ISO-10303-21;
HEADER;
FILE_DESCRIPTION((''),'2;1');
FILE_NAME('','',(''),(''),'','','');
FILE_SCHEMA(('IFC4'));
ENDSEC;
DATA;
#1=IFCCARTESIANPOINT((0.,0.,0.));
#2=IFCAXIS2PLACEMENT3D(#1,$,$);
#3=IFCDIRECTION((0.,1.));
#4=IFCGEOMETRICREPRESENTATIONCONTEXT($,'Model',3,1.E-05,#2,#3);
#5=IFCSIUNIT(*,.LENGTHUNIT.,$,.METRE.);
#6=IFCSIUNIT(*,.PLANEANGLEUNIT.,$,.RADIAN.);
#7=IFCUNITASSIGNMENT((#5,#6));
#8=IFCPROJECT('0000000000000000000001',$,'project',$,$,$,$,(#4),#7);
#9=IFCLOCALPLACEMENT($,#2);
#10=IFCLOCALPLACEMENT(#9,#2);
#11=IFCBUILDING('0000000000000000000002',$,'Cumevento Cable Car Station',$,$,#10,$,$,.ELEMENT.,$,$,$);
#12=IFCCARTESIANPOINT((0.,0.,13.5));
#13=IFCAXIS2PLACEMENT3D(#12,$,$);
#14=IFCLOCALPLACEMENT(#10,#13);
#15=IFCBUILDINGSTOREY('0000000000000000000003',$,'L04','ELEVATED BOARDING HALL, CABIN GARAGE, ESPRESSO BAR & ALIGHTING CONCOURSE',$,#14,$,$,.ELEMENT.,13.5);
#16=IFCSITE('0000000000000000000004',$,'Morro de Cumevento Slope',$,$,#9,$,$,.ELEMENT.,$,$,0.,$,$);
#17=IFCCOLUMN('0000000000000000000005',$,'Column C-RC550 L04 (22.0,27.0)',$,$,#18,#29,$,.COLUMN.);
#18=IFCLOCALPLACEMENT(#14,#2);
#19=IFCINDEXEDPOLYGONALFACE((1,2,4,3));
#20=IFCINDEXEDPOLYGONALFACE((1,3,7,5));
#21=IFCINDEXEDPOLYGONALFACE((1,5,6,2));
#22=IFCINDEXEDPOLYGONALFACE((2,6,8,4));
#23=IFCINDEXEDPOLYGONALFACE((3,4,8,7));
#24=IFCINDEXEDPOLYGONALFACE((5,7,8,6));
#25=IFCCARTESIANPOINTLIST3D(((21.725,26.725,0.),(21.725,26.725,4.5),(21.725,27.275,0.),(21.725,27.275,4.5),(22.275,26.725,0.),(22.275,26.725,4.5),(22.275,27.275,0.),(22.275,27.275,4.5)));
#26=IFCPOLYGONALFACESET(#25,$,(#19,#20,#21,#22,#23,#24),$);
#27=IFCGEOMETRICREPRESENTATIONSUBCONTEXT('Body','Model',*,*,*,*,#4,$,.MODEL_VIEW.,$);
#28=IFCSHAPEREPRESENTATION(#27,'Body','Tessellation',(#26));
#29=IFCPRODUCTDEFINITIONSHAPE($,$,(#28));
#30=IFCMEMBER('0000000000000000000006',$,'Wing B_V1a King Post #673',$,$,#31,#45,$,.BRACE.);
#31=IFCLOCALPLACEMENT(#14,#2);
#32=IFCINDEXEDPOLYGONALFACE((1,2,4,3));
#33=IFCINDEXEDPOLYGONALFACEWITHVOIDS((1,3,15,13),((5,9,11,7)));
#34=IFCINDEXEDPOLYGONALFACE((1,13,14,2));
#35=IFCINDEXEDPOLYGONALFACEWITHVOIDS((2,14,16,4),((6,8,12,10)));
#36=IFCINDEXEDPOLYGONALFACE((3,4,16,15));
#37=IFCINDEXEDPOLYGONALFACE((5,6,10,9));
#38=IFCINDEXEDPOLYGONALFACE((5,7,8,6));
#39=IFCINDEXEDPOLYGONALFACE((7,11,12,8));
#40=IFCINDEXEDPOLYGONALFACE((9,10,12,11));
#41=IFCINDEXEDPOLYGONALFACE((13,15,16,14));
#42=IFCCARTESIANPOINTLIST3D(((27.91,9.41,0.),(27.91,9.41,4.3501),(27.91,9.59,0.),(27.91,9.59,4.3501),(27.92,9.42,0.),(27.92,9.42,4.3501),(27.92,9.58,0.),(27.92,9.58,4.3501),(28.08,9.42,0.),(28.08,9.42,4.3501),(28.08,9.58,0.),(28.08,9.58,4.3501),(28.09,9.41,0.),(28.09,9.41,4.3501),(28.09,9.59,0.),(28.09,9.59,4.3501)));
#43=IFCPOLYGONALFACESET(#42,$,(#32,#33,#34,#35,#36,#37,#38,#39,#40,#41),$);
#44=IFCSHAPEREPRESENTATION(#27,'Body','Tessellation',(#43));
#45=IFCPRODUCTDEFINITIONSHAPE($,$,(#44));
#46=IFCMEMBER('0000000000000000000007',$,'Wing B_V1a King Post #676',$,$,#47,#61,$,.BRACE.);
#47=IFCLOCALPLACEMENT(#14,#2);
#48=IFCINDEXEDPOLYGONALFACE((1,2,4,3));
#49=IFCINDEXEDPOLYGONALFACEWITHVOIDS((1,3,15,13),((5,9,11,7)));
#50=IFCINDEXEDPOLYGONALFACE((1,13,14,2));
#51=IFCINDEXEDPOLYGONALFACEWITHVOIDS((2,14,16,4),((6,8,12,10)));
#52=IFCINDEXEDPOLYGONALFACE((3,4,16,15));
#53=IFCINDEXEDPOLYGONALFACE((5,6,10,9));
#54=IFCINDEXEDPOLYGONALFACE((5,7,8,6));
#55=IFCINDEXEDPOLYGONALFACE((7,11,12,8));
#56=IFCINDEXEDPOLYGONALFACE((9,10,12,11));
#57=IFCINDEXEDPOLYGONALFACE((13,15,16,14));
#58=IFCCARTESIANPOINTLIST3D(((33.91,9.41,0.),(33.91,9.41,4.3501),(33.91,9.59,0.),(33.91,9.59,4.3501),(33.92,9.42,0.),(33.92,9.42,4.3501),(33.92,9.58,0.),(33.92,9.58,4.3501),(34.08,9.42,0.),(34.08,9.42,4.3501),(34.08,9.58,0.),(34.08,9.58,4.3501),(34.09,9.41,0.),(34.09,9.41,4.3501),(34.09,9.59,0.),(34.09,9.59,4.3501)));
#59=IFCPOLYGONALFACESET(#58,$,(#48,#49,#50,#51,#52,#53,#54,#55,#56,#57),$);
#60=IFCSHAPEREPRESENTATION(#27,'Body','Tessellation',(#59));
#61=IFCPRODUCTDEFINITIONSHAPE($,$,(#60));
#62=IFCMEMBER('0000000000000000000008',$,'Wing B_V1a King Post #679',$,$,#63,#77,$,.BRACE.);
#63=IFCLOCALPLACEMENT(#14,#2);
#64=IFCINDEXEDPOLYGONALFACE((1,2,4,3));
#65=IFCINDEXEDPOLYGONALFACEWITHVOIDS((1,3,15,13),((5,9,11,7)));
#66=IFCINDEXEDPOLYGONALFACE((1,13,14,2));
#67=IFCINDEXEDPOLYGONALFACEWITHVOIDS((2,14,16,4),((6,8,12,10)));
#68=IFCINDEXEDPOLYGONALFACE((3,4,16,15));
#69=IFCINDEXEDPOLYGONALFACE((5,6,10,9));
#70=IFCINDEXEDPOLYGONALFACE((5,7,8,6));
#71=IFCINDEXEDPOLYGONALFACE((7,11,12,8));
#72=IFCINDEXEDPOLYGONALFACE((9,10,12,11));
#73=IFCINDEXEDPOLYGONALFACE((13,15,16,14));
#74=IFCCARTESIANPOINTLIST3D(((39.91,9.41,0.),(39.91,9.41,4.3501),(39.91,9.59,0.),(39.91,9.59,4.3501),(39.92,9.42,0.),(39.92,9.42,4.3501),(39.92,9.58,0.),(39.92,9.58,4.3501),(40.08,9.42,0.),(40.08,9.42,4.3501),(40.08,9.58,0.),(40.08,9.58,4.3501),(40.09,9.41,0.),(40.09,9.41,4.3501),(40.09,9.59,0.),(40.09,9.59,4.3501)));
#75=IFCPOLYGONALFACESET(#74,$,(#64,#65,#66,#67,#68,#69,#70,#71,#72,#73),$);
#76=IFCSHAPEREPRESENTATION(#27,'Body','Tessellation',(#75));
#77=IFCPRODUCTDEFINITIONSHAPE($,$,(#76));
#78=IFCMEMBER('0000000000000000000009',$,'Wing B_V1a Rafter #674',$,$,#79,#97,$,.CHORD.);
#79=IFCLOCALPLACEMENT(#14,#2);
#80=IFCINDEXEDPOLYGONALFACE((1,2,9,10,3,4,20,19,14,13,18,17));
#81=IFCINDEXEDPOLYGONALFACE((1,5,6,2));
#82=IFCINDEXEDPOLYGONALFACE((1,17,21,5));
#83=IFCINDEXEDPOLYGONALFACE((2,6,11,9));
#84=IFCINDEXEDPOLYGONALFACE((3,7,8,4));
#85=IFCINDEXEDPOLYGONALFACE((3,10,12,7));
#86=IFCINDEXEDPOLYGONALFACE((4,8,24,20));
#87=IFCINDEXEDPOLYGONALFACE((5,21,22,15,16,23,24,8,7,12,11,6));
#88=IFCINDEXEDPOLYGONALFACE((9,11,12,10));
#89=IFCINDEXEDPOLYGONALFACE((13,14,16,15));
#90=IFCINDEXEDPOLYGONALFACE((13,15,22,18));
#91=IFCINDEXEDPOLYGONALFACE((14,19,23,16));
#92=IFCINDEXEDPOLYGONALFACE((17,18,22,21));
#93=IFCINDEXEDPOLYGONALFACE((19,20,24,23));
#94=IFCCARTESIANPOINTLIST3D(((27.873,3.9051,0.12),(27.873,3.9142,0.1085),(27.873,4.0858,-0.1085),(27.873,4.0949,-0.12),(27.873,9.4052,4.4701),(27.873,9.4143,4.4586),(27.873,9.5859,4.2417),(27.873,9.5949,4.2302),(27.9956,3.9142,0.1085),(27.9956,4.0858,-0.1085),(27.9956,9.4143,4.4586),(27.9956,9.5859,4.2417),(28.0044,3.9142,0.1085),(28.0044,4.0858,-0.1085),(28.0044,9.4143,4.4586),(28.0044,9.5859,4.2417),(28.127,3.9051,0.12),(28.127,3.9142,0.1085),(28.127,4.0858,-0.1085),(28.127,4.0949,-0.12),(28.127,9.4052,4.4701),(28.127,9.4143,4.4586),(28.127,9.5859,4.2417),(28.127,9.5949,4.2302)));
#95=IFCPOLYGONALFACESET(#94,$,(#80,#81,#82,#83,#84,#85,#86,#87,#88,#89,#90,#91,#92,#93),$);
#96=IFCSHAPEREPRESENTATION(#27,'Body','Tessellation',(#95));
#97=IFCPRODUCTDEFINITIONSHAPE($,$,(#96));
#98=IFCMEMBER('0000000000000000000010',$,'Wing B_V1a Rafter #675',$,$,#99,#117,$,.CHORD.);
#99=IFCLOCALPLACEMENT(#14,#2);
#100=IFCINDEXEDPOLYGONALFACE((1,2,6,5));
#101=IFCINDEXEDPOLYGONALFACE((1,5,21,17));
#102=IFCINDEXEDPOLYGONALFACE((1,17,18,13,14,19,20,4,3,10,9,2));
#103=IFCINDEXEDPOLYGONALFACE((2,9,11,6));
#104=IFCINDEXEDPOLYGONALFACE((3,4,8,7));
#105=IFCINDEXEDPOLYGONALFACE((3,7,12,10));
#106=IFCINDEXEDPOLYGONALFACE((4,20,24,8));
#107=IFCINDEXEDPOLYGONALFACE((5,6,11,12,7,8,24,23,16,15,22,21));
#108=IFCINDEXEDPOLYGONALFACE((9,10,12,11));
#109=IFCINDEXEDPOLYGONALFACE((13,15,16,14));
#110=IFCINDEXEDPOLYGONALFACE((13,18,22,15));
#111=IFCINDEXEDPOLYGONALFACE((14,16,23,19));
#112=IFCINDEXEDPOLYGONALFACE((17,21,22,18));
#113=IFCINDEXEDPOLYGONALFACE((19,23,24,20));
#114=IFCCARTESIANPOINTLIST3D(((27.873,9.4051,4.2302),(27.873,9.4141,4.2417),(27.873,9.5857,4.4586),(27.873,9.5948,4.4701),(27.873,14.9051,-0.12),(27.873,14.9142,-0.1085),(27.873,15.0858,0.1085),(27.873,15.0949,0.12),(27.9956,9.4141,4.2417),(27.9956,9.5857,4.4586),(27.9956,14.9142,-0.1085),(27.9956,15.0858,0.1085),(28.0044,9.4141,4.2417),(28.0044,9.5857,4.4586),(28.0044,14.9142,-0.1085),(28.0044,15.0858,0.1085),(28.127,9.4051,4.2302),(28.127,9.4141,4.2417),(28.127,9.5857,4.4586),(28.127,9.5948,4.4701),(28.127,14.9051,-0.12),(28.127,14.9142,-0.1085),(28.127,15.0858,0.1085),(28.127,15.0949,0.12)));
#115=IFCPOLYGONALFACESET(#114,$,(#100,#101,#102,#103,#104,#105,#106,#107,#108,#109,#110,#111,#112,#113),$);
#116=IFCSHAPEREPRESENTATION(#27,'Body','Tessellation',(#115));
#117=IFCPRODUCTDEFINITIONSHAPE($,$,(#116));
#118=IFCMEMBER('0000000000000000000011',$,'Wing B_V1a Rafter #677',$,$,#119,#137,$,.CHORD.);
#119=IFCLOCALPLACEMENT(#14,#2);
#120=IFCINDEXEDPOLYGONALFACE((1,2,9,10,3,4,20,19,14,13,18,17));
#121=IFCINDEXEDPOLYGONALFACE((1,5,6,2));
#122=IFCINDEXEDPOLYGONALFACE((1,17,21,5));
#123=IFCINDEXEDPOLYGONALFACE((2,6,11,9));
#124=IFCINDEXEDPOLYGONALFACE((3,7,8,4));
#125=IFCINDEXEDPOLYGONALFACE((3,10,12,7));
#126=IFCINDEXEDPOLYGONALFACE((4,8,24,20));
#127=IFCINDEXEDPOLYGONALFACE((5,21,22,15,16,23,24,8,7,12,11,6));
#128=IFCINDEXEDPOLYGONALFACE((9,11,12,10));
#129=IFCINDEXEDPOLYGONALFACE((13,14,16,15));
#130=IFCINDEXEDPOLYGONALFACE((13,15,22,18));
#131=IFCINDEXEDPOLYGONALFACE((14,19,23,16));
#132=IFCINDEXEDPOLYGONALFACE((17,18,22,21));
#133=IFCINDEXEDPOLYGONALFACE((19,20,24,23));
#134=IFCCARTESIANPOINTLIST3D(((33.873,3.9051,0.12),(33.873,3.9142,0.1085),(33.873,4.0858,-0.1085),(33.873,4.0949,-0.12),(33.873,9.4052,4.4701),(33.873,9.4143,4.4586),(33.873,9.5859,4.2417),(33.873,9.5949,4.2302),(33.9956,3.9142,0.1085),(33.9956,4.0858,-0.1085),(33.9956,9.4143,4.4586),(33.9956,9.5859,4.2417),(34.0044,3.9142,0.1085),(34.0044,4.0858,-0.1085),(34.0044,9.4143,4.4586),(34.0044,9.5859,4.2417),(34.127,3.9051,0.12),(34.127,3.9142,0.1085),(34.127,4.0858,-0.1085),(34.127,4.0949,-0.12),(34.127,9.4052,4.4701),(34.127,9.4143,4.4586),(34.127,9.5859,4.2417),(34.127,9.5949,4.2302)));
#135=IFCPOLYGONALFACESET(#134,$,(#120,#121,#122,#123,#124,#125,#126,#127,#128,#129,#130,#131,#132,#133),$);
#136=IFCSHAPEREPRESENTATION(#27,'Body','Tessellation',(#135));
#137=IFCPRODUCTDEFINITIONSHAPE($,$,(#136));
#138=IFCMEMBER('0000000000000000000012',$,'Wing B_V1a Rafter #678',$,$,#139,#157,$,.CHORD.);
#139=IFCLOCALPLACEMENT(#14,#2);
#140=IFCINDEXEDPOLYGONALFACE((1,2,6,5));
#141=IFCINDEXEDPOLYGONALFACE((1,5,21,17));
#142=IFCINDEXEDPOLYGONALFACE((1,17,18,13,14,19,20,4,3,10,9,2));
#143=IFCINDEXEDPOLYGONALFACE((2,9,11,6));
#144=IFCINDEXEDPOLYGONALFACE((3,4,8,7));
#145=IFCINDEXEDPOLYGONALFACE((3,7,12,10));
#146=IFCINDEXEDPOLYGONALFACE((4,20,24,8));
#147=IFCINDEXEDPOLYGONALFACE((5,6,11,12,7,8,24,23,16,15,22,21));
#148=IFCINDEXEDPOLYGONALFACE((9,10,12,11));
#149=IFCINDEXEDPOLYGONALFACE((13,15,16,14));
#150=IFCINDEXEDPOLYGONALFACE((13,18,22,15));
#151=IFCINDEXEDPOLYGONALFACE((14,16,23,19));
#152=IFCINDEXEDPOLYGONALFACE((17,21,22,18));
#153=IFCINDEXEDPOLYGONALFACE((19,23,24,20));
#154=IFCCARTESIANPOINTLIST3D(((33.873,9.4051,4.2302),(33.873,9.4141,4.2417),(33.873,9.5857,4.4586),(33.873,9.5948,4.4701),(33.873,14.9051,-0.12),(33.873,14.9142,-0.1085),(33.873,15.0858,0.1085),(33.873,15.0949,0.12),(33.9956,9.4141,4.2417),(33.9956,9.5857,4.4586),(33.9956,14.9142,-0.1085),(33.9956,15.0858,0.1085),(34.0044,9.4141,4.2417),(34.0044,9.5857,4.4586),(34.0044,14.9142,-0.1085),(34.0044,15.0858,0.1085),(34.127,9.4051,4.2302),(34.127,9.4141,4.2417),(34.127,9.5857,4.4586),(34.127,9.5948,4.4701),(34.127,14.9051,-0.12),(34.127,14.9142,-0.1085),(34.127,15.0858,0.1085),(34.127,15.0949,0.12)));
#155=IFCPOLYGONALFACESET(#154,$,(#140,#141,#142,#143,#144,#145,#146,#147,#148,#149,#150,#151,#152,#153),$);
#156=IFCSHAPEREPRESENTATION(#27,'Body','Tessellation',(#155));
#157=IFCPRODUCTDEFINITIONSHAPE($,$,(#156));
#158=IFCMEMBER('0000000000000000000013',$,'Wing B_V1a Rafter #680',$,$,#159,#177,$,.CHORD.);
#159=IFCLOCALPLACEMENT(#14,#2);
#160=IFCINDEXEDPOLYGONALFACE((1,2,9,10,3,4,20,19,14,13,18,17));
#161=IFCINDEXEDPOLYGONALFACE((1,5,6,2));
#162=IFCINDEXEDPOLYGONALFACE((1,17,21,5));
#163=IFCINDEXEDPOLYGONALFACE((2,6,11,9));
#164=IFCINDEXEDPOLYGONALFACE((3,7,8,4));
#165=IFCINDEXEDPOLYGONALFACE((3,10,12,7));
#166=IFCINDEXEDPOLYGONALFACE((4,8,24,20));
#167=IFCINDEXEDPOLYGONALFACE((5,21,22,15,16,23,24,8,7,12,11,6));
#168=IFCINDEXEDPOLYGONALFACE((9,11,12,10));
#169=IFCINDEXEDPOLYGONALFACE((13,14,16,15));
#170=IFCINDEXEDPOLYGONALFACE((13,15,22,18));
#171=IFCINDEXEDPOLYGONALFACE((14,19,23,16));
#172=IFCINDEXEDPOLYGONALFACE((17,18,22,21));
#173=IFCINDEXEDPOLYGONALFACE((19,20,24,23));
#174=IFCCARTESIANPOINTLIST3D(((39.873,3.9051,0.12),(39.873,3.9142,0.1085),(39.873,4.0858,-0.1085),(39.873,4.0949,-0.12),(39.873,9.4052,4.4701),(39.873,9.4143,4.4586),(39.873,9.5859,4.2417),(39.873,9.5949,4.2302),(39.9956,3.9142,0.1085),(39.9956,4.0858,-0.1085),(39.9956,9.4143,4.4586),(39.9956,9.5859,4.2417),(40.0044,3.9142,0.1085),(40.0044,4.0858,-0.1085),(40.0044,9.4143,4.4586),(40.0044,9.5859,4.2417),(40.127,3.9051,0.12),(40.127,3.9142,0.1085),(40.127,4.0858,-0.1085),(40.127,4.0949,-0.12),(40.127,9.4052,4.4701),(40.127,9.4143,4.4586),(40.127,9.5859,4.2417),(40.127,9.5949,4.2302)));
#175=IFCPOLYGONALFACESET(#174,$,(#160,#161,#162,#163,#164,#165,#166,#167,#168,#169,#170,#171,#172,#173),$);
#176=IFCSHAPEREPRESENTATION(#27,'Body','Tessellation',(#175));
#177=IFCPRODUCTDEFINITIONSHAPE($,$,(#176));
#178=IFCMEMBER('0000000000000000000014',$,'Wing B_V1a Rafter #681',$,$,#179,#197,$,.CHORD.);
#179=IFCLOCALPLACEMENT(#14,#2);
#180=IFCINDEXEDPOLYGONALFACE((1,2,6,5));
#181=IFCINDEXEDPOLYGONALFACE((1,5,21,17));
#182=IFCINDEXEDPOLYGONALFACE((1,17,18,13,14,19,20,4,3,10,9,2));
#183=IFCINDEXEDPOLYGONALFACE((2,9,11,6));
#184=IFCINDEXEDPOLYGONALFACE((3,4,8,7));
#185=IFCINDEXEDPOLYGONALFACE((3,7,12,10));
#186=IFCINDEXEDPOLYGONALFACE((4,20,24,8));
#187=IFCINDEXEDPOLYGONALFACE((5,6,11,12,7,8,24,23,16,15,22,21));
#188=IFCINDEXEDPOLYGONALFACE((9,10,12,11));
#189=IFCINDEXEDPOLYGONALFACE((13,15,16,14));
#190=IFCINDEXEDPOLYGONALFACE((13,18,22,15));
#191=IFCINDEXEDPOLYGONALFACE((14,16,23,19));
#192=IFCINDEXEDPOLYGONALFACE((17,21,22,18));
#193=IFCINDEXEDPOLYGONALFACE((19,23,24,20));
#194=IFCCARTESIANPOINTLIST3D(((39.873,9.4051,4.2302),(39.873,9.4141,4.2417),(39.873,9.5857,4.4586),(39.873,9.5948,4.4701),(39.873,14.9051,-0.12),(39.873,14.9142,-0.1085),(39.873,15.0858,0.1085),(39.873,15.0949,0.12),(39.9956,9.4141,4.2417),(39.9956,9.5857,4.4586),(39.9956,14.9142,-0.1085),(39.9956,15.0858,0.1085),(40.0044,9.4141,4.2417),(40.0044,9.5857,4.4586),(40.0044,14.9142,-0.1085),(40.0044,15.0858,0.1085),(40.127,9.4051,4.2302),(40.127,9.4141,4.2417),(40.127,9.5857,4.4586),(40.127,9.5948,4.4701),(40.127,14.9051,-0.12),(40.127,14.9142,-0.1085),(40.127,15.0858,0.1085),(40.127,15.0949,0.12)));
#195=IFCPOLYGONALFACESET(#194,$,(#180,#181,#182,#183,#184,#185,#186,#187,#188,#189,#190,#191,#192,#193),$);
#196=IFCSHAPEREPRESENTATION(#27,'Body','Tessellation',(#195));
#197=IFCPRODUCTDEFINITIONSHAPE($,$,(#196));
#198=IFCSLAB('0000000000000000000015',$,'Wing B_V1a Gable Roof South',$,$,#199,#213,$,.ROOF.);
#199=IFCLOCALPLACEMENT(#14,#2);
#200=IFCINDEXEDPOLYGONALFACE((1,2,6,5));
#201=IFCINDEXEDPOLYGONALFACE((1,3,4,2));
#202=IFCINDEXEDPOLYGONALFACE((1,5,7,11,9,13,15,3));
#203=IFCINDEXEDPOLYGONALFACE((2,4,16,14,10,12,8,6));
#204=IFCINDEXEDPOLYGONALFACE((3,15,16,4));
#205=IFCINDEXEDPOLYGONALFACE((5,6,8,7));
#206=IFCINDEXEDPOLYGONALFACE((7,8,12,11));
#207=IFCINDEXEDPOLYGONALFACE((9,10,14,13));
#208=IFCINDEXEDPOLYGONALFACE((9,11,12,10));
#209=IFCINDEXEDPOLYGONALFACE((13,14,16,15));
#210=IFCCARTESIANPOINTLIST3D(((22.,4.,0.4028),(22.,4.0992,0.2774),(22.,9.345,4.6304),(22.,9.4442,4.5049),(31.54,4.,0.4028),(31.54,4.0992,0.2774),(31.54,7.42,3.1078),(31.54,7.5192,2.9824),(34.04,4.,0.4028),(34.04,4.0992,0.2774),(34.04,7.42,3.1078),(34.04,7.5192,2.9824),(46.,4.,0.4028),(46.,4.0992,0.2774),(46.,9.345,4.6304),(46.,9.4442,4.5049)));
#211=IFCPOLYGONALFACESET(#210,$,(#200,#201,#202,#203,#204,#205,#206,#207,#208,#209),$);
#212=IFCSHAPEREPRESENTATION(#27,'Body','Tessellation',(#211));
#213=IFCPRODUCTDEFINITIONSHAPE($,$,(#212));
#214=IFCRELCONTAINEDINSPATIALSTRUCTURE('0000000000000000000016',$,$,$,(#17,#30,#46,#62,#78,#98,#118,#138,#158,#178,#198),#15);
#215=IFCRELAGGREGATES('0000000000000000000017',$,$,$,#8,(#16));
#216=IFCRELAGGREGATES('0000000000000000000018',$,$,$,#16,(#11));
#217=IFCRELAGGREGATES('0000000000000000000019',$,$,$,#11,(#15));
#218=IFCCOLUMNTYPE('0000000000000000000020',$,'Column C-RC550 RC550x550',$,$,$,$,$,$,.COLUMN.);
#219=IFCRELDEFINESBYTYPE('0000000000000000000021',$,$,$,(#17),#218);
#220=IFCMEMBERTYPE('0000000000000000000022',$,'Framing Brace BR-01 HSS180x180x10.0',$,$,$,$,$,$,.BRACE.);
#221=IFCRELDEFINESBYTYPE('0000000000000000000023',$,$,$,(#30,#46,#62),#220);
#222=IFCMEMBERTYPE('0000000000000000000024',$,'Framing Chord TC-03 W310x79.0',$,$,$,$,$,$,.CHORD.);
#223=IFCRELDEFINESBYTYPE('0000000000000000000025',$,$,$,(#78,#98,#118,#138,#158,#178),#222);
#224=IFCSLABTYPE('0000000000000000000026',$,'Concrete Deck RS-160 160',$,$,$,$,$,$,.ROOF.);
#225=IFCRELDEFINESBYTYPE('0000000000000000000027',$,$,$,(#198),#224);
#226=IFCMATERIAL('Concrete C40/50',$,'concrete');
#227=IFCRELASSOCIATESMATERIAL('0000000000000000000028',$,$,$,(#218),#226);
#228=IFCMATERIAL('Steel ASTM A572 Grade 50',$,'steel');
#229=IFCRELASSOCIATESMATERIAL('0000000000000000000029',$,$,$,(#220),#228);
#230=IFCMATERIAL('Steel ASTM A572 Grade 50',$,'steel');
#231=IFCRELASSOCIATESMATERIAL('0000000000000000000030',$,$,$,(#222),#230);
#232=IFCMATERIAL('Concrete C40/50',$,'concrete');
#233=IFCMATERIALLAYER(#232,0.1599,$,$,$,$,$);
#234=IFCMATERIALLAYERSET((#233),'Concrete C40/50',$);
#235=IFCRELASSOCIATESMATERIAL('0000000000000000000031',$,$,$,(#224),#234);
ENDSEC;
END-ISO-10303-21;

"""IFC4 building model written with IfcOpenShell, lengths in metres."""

from ifc_helpers import new_model, si_unit, direction, frame, origin, origin_2d, place, context, subcontext, project, spatial, polyline, rectangle, hollow_rectangle, i_section, outline, extrude, material, layer, layer_set, material_profile, profile_set, type_object, element, save


model = new_model("IFC4")

# Units and contexts
model_context = context("Model", 3, precision=1e-05, world=origin(), true_north=direction((0.0, 1.0)))
body_context = subcontext(model_context, "Body", "Model", "MODEL_VIEW")
ifc_project = project(units=[si_unit("LENGTHUNIT", "METRE"), si_unit("PLANEANGLEUNIT", "RADIAN")], contexts=[model_context])

# Site, building, storey
site_placement = place(None, origin())
site = spatial("IfcSite", under=ifc_project, at=site_placement, Name="Morro de Cumevento Slope", CompositionType="ELEMENT", RefElevation=0.0)
building_placement = place(site_placement, origin())
building = spatial("IfcBuilding", under=site, at=building_placement, Name="Cumevento Cable Car Station", CompositionType="ELEMENT")
storey_placement = place(building_placement, frame((0.0, 0.0, 13.5)))
storey = spatial("IfcBuildingStorey", under=building, at=storey_placement, Name="L04", Description="ELEVATED BOARDING HALL, CABIN GARAGE, ESPRESSO BAR & ALIGHTING CONCOURSE", CompositionType="ELEMENT", Elevation=13.5)

# Column
ifc_material_1 = material(Name="Concrete C40/50", Category="concrete")
ifc_material_profile_1 = material_profile(ifc_material_1, rectangle(XDim=0.55, YDim=0.55, at=origin_2d()), Name="RC550x550")
ifc_profile_set_1 = profile_set([ifc_material_profile_1], Name="Concrete C40/50")
column_type = type_object("IfcColumnType", Name="Column C-RC550 RC550x550", PredefinedType="COLUMN", material=ifc_profile_set_1)
column_placement = place(storey_placement, frame((22.0, 27.0, 0.0), z_axis=(0.0, 0.0, 1.0), x_axis=(1.0, 0.0, 0.0)))
element("IfcColumn", 1, at=column_placement, inside=storey, type_object=column_type, Name="Column C-RC550 L04 (22.0,27.0)", PredefinedType="COLUMN", context=body_context, shape_type="SweptSolid", body=[
    extrude(rectangle(XDim=0.55, YDim=0.55, at=origin_2d()), origin(), (0.0, 0.0, 1.0), 4.5),
])

# Members
ifc_material_2 = material(Name="Steel ASTM A572 Grade 50", Category="steel")
ifc_material_profile_2 = material_profile(ifc_material_2, hollow_rectangle(XDim=0.1799, YDim=0.1799, WallThickness=0.01, at=origin_2d()), Name="HSS180x180x10.0")
ifc_profile_set_2 = profile_set([ifc_material_profile_2], Name="Steel ASTM A572 Grade 50")
member_type_1 = type_object("IfcMemberType", Name="Framing Brace BR-01 HSS180x180x10.0", PredefinedType="BRACE", material=ifc_profile_set_2)
for number, where, z_axis, x_axis, name in (
    (2, (28.0, 9.5, 0.0), (0.0, 0.0, 1.0), (1.0, 0.0, 0.0), "Wing B_V1a King Post #673"),
    (3, (34.0, 9.5, 0.0), (0.0, 0.0, 1.0), (1.0, 0.0, 0.0), "Wing B_V1a King Post #676"),
    (4, (40.0, 9.5, 0.0), (0.0, 0.0, 1.0), (1.0, 0.0, 0.0), "Wing B_V1a King Post #679"),
):
    element("IfcMember", number, at=place(storey_placement, frame(where, z_axis=z_axis, x_axis=x_axis)), inside=storey, type_object=member_type_1, Name=name, PredefinedType="BRACE", context=body_context, shape_type="SweptSolid", body=[
        extrude(hollow_rectangle(XDim=0.1799, YDim=0.1799, WallThickness=0.01, at=origin_2d()), origin(), (0.0, 0.0, 1.0), 4.3501),
    ])
ifc_material_3 = material(Name="Steel ASTM A572 Grade 50", Category="steel")
ifc_material_profile_3 = material_profile(ifc_material_3, i_section(OverallWidth=0.2539, OverallDepth=0.3059, WebThickness=0.0088, FlangeThickness=0.0146, at=origin_2d()), Name="W310x79.0")
ifc_profile_set_3 = profile_set([ifc_material_profile_3], Name="Steel ASTM A572 Grade 50")
member_type_2 = type_object("IfcMemberType", Name="Framing Chord TC-03 W310x79.0", PredefinedType="CHORD", material=ifc_profile_set_3)
for number, where, z_axis, x_axis, name in (
    (5, (28.0, 4.0, 0.0), (0.0, 0.784328, 0.620346), (-1.0, 0.0, 0.0), "Wing B_V1a Rafter #674"),
    (6, (28.0, 15.0, 0.0), (0.0, -0.784328, 0.620346), (1.0, 0.0, 0.0), "Wing B_V1a Rafter #675"),
    (7, (34.0, 4.0, 0.0), (0.0, 0.784328, 0.620346), (-1.0, 0.0, 0.0), "Wing B_V1a Rafter #677"),
    (8, (34.0, 15.0, 0.0), (0.0, -0.784328, 0.620346), (1.0, 0.0, 0.0), "Wing B_V1a Rafter #678"),
    (9, (40.0, 4.0, 0.0), (0.0, 0.784328, 0.620346), (-1.0, 0.0, 0.0), "Wing B_V1a Rafter #680"),
    (10, (40.0, 15.0, 0.0), (0.0, -0.784328, 0.620346), (1.0, 0.0, 0.0), "Wing B_V1a Rafter #681"),
):
    element("IfcMember", number, at=place(storey_placement, frame(where, z_axis=z_axis, x_axis=x_axis)), inside=storey, type_object=member_type_2, Name=name, PredefinedType="CHORD", context=body_context, shape_type="SweptSolid", body=[
        extrude(i_section(OverallWidth=0.2539, OverallDepth=0.3059, WebThickness=0.0088, FlangeThickness=0.0146, at=origin_2d()), origin(), (0.0, 0.0, 1.0), 7.0125),
    ])

# Slab
ifc_material_4 = material(Name="Concrete C40/50", Category="concrete")
ifc_layer = layer(ifc_material_4, 0.1599)
ifc_layer_set = layer_set([ifc_layer], Name="Concrete C40/50")
slab_type = type_object("IfcSlabType", Name="Concrete Deck RS-160 160", PredefinedType="ROOF", material=ifc_layer_set)
slab_1_placement = place(storey_placement, frame((22.0, 9.345, 4.6304), z_axis=(0.0, -0.62035, 0.784325), x_axis=(1.0, 0.0, 0.0)))
element("IfcSlab", 11, at=slab_1_placement, inside=storey, type_object=slab_type, Name="Wing B_V1a Gable Roof South", PredefinedType="ROOF", context=body_context, shape_type="SweptSolid", body=[
    extrude(outline(polyline([(0.0, 0.0), (24.0, 0.0), (24.0, -6.8147), (12.04, -6.8147), (12.04, -2.4543), (9.54, -2.4543), (9.54, -6.8147), (0.0, -6.8147), (0.0, 0.0)])), origin(), (0.0, 0.0, -1.0), 0.1599),
])

save(model, "model.ifc")
